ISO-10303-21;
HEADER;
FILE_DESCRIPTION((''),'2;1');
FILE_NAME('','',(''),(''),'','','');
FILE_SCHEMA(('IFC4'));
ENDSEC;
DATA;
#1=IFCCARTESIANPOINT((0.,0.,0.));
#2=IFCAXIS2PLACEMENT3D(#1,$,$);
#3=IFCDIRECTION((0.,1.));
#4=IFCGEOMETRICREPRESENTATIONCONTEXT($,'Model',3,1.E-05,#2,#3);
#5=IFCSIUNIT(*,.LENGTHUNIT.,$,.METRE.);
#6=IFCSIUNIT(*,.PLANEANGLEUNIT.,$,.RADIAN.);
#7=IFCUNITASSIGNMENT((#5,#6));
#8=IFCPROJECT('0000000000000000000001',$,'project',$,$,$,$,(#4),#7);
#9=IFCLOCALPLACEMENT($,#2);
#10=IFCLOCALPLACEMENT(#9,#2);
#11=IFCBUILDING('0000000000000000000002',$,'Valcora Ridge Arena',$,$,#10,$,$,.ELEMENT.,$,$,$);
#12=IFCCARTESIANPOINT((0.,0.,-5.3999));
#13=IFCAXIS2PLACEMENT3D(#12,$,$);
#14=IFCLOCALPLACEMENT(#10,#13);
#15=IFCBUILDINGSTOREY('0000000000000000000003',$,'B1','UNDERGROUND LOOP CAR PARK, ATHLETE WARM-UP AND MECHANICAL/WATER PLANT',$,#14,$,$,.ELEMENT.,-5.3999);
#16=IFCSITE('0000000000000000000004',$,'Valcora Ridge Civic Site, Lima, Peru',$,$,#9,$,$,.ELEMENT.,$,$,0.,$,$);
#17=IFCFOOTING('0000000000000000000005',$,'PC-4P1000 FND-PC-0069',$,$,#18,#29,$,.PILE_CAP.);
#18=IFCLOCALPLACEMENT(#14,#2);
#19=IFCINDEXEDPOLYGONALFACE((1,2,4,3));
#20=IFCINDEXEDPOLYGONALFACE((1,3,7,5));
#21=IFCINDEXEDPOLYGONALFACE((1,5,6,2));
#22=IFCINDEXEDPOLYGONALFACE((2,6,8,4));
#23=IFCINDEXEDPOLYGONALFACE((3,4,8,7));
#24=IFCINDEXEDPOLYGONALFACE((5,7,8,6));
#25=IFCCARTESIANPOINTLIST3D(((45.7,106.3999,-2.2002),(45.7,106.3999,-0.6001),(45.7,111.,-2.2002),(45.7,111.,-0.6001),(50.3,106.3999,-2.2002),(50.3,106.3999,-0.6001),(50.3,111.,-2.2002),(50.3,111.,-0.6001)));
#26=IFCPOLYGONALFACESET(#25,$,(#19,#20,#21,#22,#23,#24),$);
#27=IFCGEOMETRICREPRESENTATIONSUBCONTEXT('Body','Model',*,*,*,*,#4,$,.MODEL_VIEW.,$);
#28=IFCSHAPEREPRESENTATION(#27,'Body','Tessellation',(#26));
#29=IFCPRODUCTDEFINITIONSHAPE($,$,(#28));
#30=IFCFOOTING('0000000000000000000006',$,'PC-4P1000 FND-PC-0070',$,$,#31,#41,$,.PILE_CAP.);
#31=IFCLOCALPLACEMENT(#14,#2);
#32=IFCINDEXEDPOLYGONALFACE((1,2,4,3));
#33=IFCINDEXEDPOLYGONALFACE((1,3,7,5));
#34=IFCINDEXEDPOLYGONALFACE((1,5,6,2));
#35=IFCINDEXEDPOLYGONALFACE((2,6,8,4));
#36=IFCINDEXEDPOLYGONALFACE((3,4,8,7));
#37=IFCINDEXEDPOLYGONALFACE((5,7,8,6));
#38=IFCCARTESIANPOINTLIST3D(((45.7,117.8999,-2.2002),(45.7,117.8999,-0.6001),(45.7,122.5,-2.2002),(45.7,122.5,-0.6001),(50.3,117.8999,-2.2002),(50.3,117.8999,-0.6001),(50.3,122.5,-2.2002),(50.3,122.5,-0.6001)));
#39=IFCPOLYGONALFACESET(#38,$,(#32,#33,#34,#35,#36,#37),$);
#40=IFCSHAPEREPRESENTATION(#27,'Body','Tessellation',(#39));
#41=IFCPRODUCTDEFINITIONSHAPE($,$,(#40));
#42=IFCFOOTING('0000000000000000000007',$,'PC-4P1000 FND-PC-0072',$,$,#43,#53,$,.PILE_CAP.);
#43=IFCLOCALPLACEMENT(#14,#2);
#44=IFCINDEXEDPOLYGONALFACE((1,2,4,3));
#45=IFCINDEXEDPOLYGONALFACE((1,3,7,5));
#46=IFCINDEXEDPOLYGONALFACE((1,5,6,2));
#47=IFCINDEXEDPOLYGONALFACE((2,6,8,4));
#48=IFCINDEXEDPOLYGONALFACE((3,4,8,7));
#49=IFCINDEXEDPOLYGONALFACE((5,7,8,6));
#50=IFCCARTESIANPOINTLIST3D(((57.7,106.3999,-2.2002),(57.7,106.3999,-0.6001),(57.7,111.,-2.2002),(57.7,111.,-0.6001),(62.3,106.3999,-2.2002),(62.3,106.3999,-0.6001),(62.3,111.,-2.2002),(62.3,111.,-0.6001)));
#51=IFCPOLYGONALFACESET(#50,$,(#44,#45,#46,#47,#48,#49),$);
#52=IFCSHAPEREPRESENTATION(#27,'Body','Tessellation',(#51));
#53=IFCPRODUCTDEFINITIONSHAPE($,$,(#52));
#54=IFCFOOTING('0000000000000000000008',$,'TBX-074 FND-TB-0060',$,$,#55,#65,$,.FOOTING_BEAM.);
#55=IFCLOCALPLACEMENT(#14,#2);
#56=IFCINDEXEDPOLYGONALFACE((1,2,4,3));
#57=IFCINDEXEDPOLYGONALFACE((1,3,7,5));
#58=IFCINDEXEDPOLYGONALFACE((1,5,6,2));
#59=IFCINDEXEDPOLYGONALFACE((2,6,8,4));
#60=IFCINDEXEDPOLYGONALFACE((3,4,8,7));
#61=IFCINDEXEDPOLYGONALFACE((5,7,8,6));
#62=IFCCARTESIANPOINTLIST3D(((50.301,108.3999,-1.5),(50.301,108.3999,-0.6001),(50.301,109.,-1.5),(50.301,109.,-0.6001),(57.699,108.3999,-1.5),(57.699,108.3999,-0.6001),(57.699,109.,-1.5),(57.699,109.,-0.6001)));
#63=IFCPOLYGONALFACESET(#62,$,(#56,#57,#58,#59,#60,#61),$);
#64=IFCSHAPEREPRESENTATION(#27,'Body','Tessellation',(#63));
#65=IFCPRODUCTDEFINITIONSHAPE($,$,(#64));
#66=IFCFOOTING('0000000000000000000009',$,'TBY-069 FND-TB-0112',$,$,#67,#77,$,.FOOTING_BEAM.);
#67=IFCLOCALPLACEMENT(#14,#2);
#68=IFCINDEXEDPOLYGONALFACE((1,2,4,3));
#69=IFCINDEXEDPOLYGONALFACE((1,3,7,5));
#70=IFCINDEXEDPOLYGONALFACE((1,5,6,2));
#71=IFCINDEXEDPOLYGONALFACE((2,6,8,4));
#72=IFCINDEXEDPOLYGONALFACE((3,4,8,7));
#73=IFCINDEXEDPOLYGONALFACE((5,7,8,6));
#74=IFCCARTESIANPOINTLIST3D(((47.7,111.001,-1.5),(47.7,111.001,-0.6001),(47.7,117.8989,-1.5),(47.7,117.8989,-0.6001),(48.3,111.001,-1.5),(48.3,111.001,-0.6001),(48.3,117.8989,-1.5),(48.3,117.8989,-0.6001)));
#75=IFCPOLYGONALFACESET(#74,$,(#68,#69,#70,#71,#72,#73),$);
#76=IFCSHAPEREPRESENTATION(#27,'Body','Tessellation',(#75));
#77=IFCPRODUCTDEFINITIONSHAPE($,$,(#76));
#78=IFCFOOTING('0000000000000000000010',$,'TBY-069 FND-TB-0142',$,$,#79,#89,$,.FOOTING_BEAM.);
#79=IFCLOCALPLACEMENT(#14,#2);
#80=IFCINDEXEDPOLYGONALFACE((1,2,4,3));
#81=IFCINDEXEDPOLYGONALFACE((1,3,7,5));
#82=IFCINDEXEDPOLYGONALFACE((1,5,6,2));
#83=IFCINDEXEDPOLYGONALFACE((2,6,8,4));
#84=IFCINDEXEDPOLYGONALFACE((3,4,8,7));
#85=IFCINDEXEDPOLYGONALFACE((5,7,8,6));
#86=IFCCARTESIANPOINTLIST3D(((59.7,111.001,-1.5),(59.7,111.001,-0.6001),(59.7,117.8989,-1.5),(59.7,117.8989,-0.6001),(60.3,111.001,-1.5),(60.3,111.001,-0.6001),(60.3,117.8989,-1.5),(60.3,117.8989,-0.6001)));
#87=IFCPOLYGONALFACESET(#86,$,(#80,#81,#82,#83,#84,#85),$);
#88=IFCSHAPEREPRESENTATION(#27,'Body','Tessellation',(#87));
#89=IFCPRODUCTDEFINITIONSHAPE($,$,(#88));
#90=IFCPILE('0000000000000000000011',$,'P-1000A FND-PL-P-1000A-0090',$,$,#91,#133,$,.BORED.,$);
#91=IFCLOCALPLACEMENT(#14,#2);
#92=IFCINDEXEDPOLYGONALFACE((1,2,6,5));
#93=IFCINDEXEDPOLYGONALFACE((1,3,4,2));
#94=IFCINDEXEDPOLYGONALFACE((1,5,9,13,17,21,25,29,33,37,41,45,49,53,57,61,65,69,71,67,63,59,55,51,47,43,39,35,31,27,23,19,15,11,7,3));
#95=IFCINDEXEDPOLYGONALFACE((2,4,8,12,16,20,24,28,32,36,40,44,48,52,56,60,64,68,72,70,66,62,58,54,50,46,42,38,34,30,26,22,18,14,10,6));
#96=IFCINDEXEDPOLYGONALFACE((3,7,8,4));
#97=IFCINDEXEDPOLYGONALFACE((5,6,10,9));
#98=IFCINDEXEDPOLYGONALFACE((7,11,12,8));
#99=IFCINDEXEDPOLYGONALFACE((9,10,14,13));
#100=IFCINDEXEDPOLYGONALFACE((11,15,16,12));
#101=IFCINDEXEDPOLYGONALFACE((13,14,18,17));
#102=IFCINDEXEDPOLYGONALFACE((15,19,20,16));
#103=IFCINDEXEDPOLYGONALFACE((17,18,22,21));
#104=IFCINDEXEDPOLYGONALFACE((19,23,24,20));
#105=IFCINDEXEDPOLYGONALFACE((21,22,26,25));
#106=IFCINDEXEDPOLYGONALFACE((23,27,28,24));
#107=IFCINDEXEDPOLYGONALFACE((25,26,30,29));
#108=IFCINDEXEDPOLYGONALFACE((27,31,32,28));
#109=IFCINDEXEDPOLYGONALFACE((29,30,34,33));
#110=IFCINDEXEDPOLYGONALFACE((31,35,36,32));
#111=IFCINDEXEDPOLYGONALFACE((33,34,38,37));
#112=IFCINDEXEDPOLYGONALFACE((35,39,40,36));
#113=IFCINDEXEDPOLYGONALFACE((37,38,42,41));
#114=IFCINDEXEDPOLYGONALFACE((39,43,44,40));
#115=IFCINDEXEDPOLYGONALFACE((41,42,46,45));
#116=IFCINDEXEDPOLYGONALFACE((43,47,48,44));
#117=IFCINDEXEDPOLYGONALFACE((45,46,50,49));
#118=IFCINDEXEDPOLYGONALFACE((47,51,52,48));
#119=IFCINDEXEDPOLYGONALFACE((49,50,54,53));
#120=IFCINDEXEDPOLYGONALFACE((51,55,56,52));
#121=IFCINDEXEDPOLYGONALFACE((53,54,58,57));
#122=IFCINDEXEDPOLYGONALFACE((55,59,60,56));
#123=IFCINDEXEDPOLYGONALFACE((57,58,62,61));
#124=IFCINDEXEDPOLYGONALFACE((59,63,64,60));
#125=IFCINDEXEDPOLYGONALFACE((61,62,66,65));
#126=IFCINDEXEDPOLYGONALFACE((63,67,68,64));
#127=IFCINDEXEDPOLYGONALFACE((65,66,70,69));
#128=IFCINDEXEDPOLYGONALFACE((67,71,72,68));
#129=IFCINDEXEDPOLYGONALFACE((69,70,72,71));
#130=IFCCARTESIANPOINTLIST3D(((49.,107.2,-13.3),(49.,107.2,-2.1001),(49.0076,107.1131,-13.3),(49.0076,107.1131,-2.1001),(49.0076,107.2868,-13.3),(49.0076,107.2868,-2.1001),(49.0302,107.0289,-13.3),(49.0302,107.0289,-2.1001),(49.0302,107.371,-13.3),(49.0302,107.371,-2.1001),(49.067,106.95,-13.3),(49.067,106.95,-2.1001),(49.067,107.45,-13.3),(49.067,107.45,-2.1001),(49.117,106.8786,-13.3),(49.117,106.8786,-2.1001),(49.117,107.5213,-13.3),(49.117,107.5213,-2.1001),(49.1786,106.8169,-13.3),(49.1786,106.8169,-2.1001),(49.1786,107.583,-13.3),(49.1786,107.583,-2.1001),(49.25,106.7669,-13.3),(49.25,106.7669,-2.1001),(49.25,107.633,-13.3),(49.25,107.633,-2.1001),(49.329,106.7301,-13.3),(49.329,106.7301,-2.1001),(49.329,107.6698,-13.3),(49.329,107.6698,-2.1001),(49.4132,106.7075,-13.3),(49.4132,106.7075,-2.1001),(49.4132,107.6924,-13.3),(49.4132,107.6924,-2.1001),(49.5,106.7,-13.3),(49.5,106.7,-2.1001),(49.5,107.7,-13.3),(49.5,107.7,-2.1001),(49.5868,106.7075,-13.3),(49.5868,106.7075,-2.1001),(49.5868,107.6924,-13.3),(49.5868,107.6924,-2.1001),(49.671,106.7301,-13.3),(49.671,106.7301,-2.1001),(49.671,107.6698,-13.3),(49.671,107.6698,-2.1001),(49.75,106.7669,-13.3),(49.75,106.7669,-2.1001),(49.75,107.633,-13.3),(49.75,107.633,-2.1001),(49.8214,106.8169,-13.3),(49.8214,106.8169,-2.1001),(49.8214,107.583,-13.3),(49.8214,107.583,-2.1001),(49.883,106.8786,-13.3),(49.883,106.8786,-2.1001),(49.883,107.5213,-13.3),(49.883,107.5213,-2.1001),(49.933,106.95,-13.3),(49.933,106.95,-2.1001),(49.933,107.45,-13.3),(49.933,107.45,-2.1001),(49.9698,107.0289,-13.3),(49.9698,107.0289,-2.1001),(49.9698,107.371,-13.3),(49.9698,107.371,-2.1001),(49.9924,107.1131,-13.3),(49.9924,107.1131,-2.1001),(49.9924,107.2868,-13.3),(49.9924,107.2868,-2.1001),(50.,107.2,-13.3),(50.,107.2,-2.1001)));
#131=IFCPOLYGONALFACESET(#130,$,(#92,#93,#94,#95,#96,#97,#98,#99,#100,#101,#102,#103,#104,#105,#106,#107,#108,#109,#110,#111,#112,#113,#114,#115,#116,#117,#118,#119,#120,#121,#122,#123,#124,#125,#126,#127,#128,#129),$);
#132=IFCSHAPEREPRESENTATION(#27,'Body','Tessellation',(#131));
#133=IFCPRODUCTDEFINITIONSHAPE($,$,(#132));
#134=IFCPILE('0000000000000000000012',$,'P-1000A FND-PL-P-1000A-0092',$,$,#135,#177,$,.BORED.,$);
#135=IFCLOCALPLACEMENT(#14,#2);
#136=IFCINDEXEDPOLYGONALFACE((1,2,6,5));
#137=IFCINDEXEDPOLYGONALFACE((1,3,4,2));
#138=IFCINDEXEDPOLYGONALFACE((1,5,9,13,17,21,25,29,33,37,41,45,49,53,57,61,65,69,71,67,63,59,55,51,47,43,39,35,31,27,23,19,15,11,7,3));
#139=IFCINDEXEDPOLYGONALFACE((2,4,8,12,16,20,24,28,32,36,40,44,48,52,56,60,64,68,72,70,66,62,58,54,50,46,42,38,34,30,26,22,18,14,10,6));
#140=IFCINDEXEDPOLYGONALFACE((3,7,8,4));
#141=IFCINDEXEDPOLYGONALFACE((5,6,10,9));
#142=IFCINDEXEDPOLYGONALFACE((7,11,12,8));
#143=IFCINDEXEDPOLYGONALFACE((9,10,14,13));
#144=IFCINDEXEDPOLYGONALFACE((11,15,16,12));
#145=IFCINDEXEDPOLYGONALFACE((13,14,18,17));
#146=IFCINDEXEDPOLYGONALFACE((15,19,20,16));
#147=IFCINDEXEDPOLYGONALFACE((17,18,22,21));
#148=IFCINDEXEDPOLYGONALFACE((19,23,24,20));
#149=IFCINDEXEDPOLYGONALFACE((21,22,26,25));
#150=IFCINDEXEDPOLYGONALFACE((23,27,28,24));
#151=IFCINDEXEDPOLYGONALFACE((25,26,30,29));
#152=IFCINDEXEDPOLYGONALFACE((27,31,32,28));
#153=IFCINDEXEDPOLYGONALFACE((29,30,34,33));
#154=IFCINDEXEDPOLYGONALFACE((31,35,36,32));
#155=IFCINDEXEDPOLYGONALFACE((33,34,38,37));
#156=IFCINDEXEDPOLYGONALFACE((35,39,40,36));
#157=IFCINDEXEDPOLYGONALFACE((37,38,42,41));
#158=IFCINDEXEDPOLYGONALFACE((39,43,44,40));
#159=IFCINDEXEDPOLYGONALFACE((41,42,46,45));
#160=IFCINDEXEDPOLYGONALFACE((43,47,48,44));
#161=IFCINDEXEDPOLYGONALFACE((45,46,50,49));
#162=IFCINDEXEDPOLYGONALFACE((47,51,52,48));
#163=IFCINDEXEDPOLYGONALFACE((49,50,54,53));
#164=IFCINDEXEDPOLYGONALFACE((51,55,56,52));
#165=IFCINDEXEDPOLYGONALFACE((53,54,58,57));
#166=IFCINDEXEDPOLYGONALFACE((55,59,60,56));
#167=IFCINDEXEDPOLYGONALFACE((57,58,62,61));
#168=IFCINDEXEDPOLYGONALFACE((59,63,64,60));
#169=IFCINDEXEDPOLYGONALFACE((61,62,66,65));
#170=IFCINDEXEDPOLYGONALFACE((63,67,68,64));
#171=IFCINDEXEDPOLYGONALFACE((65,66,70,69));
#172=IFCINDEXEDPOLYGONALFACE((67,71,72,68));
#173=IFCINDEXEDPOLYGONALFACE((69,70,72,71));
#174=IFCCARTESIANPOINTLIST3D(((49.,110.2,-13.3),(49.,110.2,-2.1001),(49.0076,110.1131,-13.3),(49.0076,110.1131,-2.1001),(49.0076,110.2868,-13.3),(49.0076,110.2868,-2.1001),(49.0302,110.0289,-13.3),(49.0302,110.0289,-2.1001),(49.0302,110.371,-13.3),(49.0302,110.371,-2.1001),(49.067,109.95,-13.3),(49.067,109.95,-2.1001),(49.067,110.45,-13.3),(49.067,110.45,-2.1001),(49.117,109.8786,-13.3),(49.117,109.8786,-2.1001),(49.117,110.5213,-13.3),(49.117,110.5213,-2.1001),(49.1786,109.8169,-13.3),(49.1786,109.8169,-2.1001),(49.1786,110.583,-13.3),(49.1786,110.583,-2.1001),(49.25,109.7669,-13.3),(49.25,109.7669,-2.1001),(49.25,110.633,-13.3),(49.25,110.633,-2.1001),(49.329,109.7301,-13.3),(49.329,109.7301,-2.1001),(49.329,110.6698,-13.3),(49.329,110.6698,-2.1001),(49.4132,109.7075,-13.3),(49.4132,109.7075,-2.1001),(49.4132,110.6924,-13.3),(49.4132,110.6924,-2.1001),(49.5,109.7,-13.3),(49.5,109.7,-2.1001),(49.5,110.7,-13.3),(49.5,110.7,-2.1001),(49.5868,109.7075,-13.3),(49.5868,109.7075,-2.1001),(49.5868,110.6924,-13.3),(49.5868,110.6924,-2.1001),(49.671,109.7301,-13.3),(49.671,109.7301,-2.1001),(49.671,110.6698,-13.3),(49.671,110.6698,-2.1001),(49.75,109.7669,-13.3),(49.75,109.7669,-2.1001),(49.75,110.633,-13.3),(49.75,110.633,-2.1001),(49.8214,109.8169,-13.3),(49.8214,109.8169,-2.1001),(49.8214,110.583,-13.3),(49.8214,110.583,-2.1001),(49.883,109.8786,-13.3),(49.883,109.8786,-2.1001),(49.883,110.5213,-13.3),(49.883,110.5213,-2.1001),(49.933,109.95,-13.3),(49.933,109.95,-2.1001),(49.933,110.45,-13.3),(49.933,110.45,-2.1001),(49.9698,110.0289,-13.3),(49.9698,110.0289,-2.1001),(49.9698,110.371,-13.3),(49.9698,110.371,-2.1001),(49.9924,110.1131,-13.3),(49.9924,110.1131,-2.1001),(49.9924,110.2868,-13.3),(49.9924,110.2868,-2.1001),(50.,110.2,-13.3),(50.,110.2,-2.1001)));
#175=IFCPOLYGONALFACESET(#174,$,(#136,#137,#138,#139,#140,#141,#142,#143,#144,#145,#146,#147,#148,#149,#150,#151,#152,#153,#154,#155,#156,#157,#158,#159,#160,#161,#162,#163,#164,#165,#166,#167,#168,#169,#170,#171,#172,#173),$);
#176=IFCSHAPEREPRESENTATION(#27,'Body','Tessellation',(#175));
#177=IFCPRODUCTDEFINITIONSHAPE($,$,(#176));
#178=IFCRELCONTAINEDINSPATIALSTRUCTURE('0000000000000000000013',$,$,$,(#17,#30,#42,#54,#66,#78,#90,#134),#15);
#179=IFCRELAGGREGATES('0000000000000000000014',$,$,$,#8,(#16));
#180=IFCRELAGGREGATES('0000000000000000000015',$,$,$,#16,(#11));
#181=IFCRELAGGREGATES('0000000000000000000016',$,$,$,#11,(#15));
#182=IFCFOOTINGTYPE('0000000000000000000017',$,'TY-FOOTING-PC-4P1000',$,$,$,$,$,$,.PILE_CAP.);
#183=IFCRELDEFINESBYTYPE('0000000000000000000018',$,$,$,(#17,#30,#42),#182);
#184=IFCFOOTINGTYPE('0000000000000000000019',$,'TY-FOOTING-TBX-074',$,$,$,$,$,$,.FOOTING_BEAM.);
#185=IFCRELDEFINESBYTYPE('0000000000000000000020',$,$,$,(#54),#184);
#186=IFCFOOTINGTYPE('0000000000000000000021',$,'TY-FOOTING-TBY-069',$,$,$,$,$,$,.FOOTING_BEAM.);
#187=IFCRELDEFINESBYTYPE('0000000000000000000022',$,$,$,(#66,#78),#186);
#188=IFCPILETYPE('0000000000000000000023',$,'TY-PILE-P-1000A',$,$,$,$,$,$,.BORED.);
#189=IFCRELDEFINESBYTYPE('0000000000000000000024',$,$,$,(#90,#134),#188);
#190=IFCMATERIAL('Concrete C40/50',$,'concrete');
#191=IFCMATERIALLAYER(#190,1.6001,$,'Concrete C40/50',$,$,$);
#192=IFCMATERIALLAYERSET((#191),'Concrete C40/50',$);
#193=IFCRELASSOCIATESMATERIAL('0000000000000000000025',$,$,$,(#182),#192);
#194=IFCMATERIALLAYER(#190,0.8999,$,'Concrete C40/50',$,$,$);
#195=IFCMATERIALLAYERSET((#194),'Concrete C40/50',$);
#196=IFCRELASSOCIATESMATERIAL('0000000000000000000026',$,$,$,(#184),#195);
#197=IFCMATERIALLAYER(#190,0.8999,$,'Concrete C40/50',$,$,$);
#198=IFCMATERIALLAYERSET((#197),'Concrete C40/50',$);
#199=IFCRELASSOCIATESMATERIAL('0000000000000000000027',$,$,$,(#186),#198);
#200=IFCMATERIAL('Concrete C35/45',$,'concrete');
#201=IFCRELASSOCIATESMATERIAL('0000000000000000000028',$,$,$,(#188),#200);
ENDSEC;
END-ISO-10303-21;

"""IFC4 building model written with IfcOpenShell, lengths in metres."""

from ifc_helpers import new_model, si_unit, direction, frame, origin, origin_2d, place, context, subcontext, project, spatial, rectangle, circle, extrude, material, layer, layer_set, material_profile, profile_set, type_object, element, save


model = new_model("IFC4")

# Units and contexts
model_context = context("Model", 3, precision=1e-05, world=origin(), true_north=direction((0.0, 1.0)))
body_context = subcontext(model_context, "Body", "Model", "MODEL_VIEW")
ifc_project = project(units=[si_unit("LENGTHUNIT", "METRE"), si_unit("PLANEANGLEUNIT", "RADIAN")], contexts=[model_context])

# Site, building, storey
site_placement = place(None, origin())
site = spatial("IfcSite", under=ifc_project, at=site_placement, Name="Valcora Ridge Civic Site, Lima, Peru", CompositionType="ELEMENT", RefElevation=0.0)
building_placement = place(site_placement, origin())
building = spatial("IfcBuilding", under=site, at=building_placement, Name="Valcora Ridge Arena", CompositionType="ELEMENT")
storey_placement = place(building_placement, frame((0.0, 0.0, -5.3999)))
storey = spatial("IfcBuildingStorey", under=building, at=storey_placement, Name="B1", Description="UNDERGROUND LOOP CAR PARK, ATHLETE WARM-UP AND MECHANICAL/WATER PLANT", CompositionType="ELEMENT", Elevation=-5.3999)

# Footings
ifc_material_1 = material(Name="Concrete C40/50", Category="concrete")
ifc_layer_1 = layer(ifc_material_1, 1.6001, Name="Concrete C40/50")
ifc_layer_set_1 = layer_set([ifc_layer_1], Name="Concrete C40/50")
footing_type_1 = type_object("IfcFootingType", Name="TY-FOOTING-PC-4P1000", PredefinedType="PILE_CAP", material=ifc_layer_set_1)
for number, where, z_axis, x_axis, name in (
    (1, (48.0, 108.7, -2.2002), (0.0, 0.0, 1.0), (1.0, 0.0, 0.0), "PC-4P1000 FND-PC-0069"),
    (2, (48.0, 120.2, -2.2002), (0.0, 0.0, 1.0), (1.0, 0.0, 0.0), "PC-4P1000 FND-PC-0070"),
    (3, (60.0, 108.7, -2.2002), (0.0, 0.0, 1.0), (1.0, 0.0, 0.0), "PC-4P1000 FND-PC-0072"),
):
    element("IfcFooting", number, at=place(storey_placement, frame(where, z_axis=z_axis, x_axis=x_axis)), inside=storey, type_object=footing_type_1, Name=name, PredefinedType="PILE_CAP", context=body_context, shape_type="SweptSolid", body=[
        extrude(rectangle(XDim=4.6001, YDim=4.6001, at=origin_2d()), origin(), (0.0, 0.0, 1.0), 1.6001),
    ])
ifc_layer_2 = layer(ifc_material_1, 0.8999, Name="Concrete C40/50")
ifc_layer_set_2 = layer_set([ifc_layer_2], Name="Concrete C40/50")
footing_type_2 = type_object("IfcFootingType", Name="TY-FOOTING-TBX-074", PredefinedType="FOOTING_BEAM", material=ifc_layer_set_2)
footing_placement = place(storey_placement, frame((54.0, 108.7, -1.5), z_axis=(0.0, 0.0, 1.0), x_axis=(1.0, 0.0, 0.0)))
element("IfcFooting", 4, at=footing_placement, inside=storey, type_object=footing_type_2, Name="TBX-074 FND-TB-0060", PredefinedType="FOOTING_BEAM", context=body_context, shape_type="SweptSolid", body=[
    extrude(rectangle(XDim=7.3979, YDim=0.6001, at=origin_2d()), origin(), (0.0, 0.0, 1.0), 0.8999),
])
ifc_layer_3 = layer(ifc_material_1, 0.8999, Name="Concrete C40/50")
ifc_layer_set_3 = layer_set([ifc_layer_3], Name="Concrete C40/50")
footing_type_3 = type_object("IfcFootingType", Name="TY-FOOTING-TBY-069", PredefinedType="FOOTING_BEAM", material=ifc_layer_set_3)
for number, where, z_axis, x_axis, name in (
    (5, (48.0, 114.45, -1.5), (0.0, 0.0, 1.0), (1.0, 0.0, 0.0), "TBY-069 FND-TB-0112"),
    (6, (60.0, 114.45, -1.5), (0.0, 0.0, 1.0), (1.0, 0.0, 0.0), "TBY-069 FND-TB-0142"),
):
    element("IfcFooting", number, at=place(storey_placement, frame(where, z_axis=z_axis, x_axis=x_axis)), inside=storey, type_object=footing_type_3, Name=name, PredefinedType="FOOTING_BEAM", context=body_context, shape_type="SweptSolid", body=[
        extrude(rectangle(XDim=0.6001, YDim=6.8979, at=origin_2d()), origin(), (0.0, 0.0, 1.0), 0.8999),
    ])

# Piles
ifc_material_2 = material(Name="Concrete C35/45", Category="concrete")
ifc_material_profile_1 = material_profile(ifc_material_2, circle(Radius=0.5, at=origin_2d()), Name="BORED PILE D1000")
ifc_profile_set_1 = profile_set([ifc_material_profile_1], Name="Concrete C35/45")
pile_type = type_object("IfcPileType", Name="TY-PILE-P-1000A", PredefinedType="BORED", material=ifc_profile_set_1)
for number, where, z_axis, x_axis, name in (
    (7, (49.5, 107.2, -2.1001), (0.0, 0.0, -1.0), (1.0, 0.0, 0.0), "P-1000A FND-PL-P-1000A-0090"),
    (8, (49.5, 110.2, -2.1001), (0.0, 0.0, -1.0), (1.0, 0.0, 0.0), "P-1000A FND-PL-P-1000A-0092"),
):
    element("IfcPile", number, at=place(storey_placement, frame(where, z_axis=z_axis, x_axis=x_axis)), inside=storey, type_object=pile_type, Name=name, PredefinedType="BORED", context=body_context, shape_type="SweptSolid", body=[
        extrude(circle(Radius=0.5, at=origin_2d()), origin(), (0.0, 0.0, 1.0), 11.2),
    ])

save(model, "model.ifc")
